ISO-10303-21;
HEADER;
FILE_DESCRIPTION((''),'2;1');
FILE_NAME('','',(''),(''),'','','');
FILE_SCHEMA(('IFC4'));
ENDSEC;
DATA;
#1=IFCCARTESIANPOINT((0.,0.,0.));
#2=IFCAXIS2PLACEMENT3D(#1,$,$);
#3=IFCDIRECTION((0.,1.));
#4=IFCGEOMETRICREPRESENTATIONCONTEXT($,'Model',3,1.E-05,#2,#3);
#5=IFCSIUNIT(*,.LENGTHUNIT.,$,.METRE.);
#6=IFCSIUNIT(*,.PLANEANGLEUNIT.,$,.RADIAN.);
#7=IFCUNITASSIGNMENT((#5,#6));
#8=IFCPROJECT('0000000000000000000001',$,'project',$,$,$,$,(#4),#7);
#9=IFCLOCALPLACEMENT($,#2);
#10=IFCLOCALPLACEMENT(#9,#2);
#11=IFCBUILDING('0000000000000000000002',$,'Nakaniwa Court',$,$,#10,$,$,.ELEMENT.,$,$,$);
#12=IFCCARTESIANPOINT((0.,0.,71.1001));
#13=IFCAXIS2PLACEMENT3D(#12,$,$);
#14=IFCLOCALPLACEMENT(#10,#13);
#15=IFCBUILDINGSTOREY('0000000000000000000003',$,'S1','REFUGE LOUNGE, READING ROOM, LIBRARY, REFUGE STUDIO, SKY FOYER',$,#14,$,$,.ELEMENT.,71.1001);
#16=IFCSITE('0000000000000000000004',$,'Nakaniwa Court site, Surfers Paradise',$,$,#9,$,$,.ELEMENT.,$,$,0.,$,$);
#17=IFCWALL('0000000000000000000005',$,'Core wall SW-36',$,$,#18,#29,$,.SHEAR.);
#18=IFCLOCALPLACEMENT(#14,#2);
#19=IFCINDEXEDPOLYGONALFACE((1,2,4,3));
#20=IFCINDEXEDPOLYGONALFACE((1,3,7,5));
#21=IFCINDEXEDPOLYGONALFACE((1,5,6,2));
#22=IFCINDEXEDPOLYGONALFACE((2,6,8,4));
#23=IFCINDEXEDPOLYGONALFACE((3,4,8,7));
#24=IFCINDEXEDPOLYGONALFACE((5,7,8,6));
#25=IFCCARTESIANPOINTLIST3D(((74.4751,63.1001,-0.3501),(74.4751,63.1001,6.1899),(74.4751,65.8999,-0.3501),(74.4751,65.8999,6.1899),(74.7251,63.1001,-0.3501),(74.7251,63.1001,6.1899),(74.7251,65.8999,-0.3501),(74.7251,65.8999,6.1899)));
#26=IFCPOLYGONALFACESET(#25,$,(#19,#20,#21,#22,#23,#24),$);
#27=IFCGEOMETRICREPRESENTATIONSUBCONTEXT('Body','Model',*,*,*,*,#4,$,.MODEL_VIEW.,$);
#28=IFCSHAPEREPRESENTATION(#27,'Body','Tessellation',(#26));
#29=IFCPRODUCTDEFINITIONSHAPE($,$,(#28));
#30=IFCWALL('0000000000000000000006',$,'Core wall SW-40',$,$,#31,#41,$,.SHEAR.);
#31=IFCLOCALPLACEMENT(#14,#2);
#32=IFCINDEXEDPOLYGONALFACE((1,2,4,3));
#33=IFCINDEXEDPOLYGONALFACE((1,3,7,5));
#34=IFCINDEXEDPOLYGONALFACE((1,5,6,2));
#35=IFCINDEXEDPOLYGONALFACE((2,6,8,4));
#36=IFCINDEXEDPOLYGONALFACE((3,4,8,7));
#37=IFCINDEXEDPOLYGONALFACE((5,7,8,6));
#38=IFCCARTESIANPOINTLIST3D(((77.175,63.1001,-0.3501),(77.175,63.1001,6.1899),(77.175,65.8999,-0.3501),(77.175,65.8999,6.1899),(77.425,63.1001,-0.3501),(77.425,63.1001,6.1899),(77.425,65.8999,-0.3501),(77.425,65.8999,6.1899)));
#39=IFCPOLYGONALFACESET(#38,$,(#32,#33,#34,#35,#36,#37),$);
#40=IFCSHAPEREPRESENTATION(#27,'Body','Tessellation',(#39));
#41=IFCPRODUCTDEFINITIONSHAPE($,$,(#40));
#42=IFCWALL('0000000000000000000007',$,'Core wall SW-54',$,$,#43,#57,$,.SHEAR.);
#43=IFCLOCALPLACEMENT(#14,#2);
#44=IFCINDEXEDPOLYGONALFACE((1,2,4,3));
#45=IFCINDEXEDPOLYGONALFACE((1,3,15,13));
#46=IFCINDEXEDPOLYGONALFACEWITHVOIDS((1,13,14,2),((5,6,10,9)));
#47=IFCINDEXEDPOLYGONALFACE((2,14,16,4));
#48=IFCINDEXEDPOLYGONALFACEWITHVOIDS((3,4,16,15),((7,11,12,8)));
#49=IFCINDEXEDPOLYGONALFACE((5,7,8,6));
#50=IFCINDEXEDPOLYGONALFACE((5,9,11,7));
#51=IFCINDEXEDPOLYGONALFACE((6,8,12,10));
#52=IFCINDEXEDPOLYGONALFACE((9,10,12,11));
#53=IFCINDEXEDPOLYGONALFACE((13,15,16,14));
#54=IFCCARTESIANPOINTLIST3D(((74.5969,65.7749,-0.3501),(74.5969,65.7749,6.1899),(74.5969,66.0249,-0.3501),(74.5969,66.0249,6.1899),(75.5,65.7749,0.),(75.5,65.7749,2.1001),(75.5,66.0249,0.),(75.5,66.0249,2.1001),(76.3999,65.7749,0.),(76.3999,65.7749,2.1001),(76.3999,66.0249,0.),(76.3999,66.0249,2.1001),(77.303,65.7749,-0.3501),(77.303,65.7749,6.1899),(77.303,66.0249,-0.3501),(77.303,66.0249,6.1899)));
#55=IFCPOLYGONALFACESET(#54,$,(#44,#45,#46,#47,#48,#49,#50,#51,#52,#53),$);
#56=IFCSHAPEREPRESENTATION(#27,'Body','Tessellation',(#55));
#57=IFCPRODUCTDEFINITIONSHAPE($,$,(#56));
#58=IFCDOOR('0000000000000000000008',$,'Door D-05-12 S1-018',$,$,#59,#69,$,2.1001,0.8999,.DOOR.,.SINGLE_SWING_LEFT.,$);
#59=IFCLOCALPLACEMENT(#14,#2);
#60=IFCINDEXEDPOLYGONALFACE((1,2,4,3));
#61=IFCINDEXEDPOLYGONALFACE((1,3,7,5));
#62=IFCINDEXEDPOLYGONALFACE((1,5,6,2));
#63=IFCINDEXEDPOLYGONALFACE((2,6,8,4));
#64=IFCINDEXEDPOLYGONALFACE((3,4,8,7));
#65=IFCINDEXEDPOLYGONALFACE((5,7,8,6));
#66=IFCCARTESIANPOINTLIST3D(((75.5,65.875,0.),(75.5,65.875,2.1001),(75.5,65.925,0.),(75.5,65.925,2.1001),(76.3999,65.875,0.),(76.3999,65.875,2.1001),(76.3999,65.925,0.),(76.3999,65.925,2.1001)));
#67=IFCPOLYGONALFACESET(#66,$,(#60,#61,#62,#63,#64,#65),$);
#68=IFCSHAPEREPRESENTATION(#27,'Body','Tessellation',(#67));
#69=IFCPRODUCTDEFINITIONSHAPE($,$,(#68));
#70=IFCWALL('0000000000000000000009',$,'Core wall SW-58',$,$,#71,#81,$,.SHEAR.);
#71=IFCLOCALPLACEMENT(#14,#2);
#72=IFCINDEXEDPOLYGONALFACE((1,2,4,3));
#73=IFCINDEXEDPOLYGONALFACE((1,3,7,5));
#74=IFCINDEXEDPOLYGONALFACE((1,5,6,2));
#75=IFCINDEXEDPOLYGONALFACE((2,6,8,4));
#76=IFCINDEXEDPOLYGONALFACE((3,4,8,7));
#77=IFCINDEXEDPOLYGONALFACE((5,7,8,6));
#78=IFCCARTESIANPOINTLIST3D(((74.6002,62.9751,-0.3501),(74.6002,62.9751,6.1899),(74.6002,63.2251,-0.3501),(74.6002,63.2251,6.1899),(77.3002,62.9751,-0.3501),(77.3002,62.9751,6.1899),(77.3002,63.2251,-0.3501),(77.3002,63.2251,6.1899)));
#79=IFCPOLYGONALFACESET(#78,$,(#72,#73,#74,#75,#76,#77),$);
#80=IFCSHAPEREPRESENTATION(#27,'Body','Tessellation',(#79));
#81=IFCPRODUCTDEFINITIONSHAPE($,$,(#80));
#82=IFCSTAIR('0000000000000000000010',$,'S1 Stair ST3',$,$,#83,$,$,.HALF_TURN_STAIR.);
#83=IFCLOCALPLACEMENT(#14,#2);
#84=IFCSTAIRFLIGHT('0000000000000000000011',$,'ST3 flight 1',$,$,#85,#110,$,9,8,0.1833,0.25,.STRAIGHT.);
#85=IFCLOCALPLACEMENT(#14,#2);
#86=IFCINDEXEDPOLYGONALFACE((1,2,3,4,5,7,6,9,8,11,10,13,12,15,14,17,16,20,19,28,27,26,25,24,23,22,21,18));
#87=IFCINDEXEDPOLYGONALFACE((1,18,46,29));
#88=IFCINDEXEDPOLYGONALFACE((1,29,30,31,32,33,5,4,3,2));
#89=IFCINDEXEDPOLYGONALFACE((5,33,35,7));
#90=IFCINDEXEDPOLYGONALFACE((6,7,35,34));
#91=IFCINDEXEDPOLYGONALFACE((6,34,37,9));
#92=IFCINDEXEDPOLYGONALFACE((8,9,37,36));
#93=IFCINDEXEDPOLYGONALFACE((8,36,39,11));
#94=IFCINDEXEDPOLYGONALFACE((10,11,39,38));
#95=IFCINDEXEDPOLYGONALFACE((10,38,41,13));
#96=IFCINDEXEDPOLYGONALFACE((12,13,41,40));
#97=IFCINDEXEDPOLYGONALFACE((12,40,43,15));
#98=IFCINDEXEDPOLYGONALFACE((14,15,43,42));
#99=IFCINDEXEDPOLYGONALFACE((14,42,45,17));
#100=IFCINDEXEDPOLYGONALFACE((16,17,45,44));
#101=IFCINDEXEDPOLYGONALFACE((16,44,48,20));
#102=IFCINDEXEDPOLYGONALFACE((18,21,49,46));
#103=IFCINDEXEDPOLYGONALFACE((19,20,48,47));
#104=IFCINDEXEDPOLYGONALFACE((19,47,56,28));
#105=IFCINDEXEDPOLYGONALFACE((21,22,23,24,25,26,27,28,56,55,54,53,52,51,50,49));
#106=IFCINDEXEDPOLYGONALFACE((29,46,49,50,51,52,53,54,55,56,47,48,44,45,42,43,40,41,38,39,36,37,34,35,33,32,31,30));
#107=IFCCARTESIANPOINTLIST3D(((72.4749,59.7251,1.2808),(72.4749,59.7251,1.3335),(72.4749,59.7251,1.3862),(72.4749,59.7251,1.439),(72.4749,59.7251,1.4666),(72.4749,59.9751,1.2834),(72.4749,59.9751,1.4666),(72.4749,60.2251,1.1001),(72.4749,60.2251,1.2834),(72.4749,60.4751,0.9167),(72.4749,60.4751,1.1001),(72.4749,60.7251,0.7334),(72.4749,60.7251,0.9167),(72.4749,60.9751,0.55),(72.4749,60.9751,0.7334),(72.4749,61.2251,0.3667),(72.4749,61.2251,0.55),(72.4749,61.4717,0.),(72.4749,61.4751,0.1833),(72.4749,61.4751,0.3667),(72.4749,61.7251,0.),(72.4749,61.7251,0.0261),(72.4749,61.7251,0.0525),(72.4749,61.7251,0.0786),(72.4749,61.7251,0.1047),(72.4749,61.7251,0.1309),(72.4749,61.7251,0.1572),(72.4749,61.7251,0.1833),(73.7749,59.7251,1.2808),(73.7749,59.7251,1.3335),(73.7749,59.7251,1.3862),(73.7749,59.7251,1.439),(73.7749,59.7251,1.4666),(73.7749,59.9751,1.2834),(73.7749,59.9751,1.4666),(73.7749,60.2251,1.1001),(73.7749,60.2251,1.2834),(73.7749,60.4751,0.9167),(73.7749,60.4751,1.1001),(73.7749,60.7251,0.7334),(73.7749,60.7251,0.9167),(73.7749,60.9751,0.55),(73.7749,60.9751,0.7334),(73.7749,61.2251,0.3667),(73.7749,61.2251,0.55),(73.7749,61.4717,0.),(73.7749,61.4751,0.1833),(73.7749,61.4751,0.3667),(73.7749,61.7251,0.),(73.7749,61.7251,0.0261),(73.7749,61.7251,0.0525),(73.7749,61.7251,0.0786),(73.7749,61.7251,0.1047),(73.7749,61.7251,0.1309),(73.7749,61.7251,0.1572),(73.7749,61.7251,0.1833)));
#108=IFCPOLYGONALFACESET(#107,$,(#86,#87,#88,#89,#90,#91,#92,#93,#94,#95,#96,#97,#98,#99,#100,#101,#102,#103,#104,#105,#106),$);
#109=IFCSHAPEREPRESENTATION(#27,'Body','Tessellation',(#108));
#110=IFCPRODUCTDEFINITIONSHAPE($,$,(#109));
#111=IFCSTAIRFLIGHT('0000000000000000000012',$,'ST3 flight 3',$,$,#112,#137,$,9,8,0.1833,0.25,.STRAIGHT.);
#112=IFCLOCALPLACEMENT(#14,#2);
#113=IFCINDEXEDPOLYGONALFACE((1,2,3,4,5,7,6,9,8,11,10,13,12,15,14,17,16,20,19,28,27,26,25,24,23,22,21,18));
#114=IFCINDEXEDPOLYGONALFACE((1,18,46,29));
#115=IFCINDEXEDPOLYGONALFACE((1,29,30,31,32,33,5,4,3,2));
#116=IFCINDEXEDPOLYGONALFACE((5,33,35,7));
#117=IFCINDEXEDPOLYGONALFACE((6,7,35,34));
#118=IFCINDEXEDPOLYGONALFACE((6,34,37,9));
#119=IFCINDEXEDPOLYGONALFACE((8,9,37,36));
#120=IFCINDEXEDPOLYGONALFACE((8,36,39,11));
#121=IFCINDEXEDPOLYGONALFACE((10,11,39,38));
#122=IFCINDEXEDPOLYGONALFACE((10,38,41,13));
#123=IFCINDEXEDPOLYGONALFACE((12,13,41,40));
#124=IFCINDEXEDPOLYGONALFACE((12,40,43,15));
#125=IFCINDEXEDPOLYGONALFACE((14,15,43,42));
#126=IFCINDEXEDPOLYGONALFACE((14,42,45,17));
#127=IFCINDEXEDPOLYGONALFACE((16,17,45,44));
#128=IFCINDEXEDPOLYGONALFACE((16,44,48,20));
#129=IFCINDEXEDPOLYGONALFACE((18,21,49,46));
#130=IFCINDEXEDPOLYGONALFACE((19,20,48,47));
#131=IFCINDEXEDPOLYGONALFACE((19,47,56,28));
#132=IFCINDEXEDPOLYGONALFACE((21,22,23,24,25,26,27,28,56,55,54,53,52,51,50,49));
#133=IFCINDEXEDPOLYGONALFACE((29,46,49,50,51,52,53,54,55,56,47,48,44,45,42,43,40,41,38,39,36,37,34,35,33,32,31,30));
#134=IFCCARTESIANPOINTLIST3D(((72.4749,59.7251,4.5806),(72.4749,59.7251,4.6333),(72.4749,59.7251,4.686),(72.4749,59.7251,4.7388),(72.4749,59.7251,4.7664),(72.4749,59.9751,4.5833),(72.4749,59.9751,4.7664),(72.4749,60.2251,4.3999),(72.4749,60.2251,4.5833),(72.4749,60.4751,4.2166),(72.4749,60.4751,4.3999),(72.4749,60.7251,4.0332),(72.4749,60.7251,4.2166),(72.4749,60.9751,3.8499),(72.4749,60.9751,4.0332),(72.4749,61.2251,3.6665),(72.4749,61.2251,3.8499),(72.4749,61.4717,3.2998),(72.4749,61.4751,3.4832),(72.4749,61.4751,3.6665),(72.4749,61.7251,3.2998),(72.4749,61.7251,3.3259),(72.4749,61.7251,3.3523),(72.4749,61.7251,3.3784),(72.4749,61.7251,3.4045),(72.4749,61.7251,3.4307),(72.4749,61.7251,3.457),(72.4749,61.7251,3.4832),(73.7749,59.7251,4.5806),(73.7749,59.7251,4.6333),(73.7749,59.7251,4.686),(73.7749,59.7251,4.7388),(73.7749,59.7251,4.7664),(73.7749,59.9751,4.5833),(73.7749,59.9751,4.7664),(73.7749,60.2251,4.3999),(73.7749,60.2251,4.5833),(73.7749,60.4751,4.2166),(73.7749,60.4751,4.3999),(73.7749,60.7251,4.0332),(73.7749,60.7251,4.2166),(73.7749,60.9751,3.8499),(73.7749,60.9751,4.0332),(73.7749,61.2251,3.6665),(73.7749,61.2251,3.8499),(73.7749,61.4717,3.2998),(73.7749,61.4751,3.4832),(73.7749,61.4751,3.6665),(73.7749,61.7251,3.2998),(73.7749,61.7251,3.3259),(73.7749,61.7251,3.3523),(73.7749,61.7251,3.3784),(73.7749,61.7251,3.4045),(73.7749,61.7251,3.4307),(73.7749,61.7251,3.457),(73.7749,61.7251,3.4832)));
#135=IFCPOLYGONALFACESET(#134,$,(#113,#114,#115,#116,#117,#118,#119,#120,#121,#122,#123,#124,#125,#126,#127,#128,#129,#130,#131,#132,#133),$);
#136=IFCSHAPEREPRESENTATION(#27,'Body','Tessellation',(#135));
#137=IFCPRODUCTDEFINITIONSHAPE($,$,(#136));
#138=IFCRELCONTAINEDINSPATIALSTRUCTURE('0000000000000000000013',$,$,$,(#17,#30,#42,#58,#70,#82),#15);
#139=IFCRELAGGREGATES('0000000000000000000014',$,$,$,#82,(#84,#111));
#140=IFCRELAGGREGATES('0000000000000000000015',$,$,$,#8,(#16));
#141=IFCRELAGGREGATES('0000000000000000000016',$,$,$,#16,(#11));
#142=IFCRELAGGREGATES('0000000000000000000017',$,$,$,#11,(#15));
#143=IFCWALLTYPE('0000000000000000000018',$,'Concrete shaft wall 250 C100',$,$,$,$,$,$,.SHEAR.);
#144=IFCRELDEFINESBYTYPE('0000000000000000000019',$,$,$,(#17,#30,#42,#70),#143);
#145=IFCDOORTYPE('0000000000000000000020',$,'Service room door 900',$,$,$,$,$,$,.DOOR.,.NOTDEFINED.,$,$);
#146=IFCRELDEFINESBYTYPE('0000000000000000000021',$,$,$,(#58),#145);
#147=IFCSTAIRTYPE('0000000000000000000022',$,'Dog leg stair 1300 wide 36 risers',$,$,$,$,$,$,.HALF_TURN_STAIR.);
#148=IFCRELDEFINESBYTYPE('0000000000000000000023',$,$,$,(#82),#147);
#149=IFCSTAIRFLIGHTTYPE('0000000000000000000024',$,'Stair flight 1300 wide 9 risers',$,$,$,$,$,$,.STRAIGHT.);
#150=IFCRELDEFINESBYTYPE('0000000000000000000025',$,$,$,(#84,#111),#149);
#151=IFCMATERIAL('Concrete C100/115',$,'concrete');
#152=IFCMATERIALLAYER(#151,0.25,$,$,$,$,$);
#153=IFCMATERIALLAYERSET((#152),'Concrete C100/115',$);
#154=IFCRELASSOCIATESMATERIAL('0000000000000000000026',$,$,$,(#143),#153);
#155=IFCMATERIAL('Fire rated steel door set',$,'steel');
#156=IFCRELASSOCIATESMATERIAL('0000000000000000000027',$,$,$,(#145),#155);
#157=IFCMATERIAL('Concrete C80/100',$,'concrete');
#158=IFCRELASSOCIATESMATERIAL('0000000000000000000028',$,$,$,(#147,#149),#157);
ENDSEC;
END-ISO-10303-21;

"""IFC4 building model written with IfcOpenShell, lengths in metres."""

from ifc_helpers import new_model, si_unit, direction, frame, frame_2d, origin, place, context, subcontext, project, spatial, polyline, rectangle, outline, extrude, material, layer, layer_set, type_object, element, fill, aggregate, save


model = new_model("IFC4")

# Units and contexts
model_context = context("Model", 3, precision=1e-05, world=origin(), true_north=direction((0.0, 1.0)))
body_context = subcontext(model_context, "Body", "Model", "MODEL_VIEW")
ifc_project = project(units=[si_unit("LENGTHUNIT", "METRE"), si_unit("PLANEANGLEUNIT", "RADIAN")], contexts=[model_context])

# Site, building, storey
site_placement = place(None, origin())
site = spatial("IfcSite", under=ifc_project, at=site_placement, Name="Nakaniwa Court site, Surfers Paradise", CompositionType="ELEMENT", RefElevation=0.0)
building_placement = place(site_placement, origin())
building = spatial("IfcBuilding", under=site, at=building_placement, Name="Nakaniwa Court", CompositionType="ELEMENT")
storey_placement = place(building_placement, frame((0.0, 0.0, 71.1001)))
storey = spatial("IfcBuildingStorey", under=building, at=storey_placement, Name="S1", Description="REFUGE LOUNGE, READING ROOM, LIBRARY, REFUGE STUDIO, SKY FOYER", CompositionType="ELEMENT", Elevation=71.1001)

# Shared definitions
ifc_material_1 = material(Name="Concrete C80/100", Category="concrete")

# Shared definitions
ifc_material_2 = material(Name="Fire rated steel door set", Category="steel")
ifc_material_3 = material(Name="Concrete C100/115", Category="concrete")

# Walls
ifc_layer_1 = layer(ifc_material_3, 0.25)
ifc_layer_set_1 = layer_set([ifc_layer_1], Name="Concrete C100/115")
wall_type_1 = type_object("IfcWallType", Name="Concrete shaft wall 250 C100", PredefinedType="SHEAR", material=ifc_layer_set_1)
for number, where, z_axis, x_axis, name in (
    (1, (74.6001, 63.1001, -0.3501), (0.0, 0.0, 1.0), (0.0, 1.0, 0.0), "Core wall SW-36"),
    (2, (77.3, 63.1001, -0.3501), (0.0, 0.0, 1.0), (0.0, 1.0, 0.0), "Core wall SW-40"),
):
    element("IfcWall", number, at=place(storey_placement, frame(where, z_axis=z_axis, x_axis=x_axis)), inside=storey, type_object=wall_type_1, Name=name, PredefinedType="SHEAR", context=body_context, shape_type="SweptSolid", body=[
        extrude(rectangle(XDim=2.7998, YDim=0.25, at=frame_2d((1.3999, 0.0))), origin(), (0.0, 0.0, 1.0), 6.54),
    ])

# Wall, opening, door
wall_1_placement = place(storey_placement, frame((77.303, 65.8999, -0.3501), z_axis=(0.0, 0.0, 1.0), x_axis=(-1.0, 0.0, 0.0)))
wall_1 = element("IfcWall", 3, at=wall_1_placement, inside=storey, type_object=wall_type_1, Name="Core wall SW-54", PredefinedType="SHEAR", context=body_context, shape_type="SweptSolid", body=[
    extrude(rectangle(XDim=2.7061, YDim=0.25, at=frame_2d((1.353, 0.0))), origin(), (0.0, 0.0, 1.0), 6.54),
])
opening_1_placement = place(wall_1_placement, frame((0.9031, 0.0, 0.3501)))
opening_1 = element("IfcOpeningElement", 4, at=opening_1_placement, cuts=wall_1, PredefinedType="OPENING", context=body_context, shape_type="SweptSolid", body=[
    extrude(rectangle(XDim=0.8999, YDim=2.1001, at=frame_2d((0.45, 1.05))), frame((0.0, 0.135, 0.0), z_axis=(0.0, -1.0, 0.0), x_axis=(1.0, 0.0, 0.0)), (0.0, 0.0, 1.0), 0.27),
])
door_type_1 = type_object("IfcDoorType", Name="Service room door 900", OperationType="NOTDEFINED", PredefinedType="DOOR", material=ifc_material_2)
door_1_placement = place(opening_1_placement, origin())
door_1 = element("IfcDoor", 5, at=door_1_placement, inside=storey, type_object=door_type_1, Name="Door D-05-12 S1-018", OperationType="SINGLE_SWING_LEFT", OverallHeight=2.1001, OverallWidth=0.8999, PredefinedType="DOOR", context=body_context, shape_type="SweptSolid", body=[
    extrude(rectangle(XDim=0.8999, YDim=2.1001, at=frame_2d((0.45, 1.05))), frame((0.0, 0.0249, 0.0), z_axis=(0.0, -1.0, 0.0), x_axis=(1.0, 0.0, 0.0)), (0.0, 0.0, 1.0), 0.05),
])
fill(opening_1, door_1)

# Wall
wall_2_placement = place(storey_placement, frame((74.6001, 63.1001, -0.3501), z_axis=(0.0, 0.0, 1.0), x_axis=(1.0, 0.0, 0.0)))
element("IfcWall", 6, at=wall_2_placement, inside=storey, type_object=wall_type_1, Name="Core wall SW-58", PredefinedType="SHEAR", context=body_context, shape_type="SweptSolid", body=[
    extrude(rectangle(XDim=2.7, YDim=0.25, at=frame_2d((1.3501, 0.0))), origin(), (0.0, 0.0, 1.0), 6.54),
])

# Stair, stair flights
stair_type = type_object("IfcStairType", Name="Dog leg stair 1300 wide 36 risers", PredefinedType="HALF_TURN_STAIR", material=ifc_material_1)
stair_placement = place(storey_placement, origin())
stair = element("IfcStair", 7, at=stair_placement, inside=storey, type_object=stair_type, Name="S1 Stair ST3", PredefinedType="HALF_TURN_STAIR")
stair_flight_type = type_object("IfcStairFlightType", Name="Stair flight 1300 wide 9 risers", PredefinedType="STRAIGHT", material=ifc_material_1)
stair_flight_1_placement = place(storey_placement, frame((73.125, 61.7251, 0.0), z_axis=(0.0, 0.0, 1.0), x_axis=(0.0, -1.0, 0.0)))
stair_flight_1 = element("IfcStairFlight", 8, at=stair_flight_1_placement, type_object=stair_flight_type, Name="ST3 flight 1", NumberOfRisers=9, NumberOfTreads=8, PredefinedType="STRAIGHT", RiserHeight=0.1833, TreadLength=0.25, context=body_context, shape_type="SweptSolid", body=[
    extrude(outline(polyline([(0.0, 0.0), (0.0, 0.0261), (0.0, 0.0525), (0.0, 0.0786), (0.0, 0.1047), (0.0, 0.1309), (0.0, 0.1572), (0.0, 0.1833), (0.25, 0.1833), (0.25, 0.3667), (0.5, 0.3667), (0.5, 0.55), (0.75, 0.55), (0.75, 0.7334), (1.0, 0.7334), (1.0, 0.9167), (1.25, 0.9167), (1.25, 1.1001), (1.5, 1.1001), (1.5, 1.2834), (1.75, 1.2834), (1.75, 1.4666), (2.0, 1.4666), (2.0, 1.6499), (2.0, 1.5972), (2.0, 1.5444), (2.0, 1.4917), (2.0, 1.439), (2.0, 1.3862), (2.0, 1.3335), (2.0, 1.2808), (0.2534, 0.0), (0.0, 0.0)])), frame((0.0, 0.6499, 0.0), z_axis=(0.0, -1.0, 0.0), x_axis=(1.0, 0.0, 0.0)), (0.0, 0.0, 1.0), 1.3),
])
stair_flight_2_placement = place(storey_placement, frame((73.125, 61.7251, 3.2998), z_axis=(0.0, 0.0, 1.0), x_axis=(0.0, -1.0, 0.0)))
stair_flight_2 = element("IfcStairFlight", 9, at=stair_flight_2_placement, type_object=stair_flight_type, Name="ST3 flight 3", NumberOfRisers=9, NumberOfTreads=8, PredefinedType="STRAIGHT", RiserHeight=0.1833, TreadLength=0.25, context=body_context, shape_type="SweptSolid", body=[
    extrude(outline(polyline([(0.0, 0.0), (0.0, 0.0261), (0.0, 0.0525), (0.0, 0.0786), (0.0, 0.1047), (0.0, 0.1309), (0.0, 0.1572), (0.0, 0.1833), (0.25, 0.1833), (0.25, 0.3667), (0.5, 0.3667), (0.5, 0.55), (0.75, 0.55), (0.75, 0.7334), (1.0, 0.7334), (1.0, 0.9167), (1.25, 0.9167), (1.25, 1.1001), (1.5, 1.1001), (1.5, 1.2834), (1.75, 1.2834), (1.75, 1.4666), (2.0, 1.4666), (2.0, 1.6499), (2.0, 1.5972), (2.0, 1.5444), (2.0, 1.4917), (2.0, 1.439), (2.0, 1.3862), (2.0, 1.3335), (2.0, 1.2808), (0.2534, 0.0), (0.0, 0.0)])), frame((0.0, 0.6499, 0.0), z_axis=(0.0, -1.0, 0.0), x_axis=(1.0, 0.0, 0.0)), (0.0, 0.0, 1.0), 1.3),
])
aggregate(stair, [stair_flight_1, stair_flight_2])

save(model, "model.ifc")
